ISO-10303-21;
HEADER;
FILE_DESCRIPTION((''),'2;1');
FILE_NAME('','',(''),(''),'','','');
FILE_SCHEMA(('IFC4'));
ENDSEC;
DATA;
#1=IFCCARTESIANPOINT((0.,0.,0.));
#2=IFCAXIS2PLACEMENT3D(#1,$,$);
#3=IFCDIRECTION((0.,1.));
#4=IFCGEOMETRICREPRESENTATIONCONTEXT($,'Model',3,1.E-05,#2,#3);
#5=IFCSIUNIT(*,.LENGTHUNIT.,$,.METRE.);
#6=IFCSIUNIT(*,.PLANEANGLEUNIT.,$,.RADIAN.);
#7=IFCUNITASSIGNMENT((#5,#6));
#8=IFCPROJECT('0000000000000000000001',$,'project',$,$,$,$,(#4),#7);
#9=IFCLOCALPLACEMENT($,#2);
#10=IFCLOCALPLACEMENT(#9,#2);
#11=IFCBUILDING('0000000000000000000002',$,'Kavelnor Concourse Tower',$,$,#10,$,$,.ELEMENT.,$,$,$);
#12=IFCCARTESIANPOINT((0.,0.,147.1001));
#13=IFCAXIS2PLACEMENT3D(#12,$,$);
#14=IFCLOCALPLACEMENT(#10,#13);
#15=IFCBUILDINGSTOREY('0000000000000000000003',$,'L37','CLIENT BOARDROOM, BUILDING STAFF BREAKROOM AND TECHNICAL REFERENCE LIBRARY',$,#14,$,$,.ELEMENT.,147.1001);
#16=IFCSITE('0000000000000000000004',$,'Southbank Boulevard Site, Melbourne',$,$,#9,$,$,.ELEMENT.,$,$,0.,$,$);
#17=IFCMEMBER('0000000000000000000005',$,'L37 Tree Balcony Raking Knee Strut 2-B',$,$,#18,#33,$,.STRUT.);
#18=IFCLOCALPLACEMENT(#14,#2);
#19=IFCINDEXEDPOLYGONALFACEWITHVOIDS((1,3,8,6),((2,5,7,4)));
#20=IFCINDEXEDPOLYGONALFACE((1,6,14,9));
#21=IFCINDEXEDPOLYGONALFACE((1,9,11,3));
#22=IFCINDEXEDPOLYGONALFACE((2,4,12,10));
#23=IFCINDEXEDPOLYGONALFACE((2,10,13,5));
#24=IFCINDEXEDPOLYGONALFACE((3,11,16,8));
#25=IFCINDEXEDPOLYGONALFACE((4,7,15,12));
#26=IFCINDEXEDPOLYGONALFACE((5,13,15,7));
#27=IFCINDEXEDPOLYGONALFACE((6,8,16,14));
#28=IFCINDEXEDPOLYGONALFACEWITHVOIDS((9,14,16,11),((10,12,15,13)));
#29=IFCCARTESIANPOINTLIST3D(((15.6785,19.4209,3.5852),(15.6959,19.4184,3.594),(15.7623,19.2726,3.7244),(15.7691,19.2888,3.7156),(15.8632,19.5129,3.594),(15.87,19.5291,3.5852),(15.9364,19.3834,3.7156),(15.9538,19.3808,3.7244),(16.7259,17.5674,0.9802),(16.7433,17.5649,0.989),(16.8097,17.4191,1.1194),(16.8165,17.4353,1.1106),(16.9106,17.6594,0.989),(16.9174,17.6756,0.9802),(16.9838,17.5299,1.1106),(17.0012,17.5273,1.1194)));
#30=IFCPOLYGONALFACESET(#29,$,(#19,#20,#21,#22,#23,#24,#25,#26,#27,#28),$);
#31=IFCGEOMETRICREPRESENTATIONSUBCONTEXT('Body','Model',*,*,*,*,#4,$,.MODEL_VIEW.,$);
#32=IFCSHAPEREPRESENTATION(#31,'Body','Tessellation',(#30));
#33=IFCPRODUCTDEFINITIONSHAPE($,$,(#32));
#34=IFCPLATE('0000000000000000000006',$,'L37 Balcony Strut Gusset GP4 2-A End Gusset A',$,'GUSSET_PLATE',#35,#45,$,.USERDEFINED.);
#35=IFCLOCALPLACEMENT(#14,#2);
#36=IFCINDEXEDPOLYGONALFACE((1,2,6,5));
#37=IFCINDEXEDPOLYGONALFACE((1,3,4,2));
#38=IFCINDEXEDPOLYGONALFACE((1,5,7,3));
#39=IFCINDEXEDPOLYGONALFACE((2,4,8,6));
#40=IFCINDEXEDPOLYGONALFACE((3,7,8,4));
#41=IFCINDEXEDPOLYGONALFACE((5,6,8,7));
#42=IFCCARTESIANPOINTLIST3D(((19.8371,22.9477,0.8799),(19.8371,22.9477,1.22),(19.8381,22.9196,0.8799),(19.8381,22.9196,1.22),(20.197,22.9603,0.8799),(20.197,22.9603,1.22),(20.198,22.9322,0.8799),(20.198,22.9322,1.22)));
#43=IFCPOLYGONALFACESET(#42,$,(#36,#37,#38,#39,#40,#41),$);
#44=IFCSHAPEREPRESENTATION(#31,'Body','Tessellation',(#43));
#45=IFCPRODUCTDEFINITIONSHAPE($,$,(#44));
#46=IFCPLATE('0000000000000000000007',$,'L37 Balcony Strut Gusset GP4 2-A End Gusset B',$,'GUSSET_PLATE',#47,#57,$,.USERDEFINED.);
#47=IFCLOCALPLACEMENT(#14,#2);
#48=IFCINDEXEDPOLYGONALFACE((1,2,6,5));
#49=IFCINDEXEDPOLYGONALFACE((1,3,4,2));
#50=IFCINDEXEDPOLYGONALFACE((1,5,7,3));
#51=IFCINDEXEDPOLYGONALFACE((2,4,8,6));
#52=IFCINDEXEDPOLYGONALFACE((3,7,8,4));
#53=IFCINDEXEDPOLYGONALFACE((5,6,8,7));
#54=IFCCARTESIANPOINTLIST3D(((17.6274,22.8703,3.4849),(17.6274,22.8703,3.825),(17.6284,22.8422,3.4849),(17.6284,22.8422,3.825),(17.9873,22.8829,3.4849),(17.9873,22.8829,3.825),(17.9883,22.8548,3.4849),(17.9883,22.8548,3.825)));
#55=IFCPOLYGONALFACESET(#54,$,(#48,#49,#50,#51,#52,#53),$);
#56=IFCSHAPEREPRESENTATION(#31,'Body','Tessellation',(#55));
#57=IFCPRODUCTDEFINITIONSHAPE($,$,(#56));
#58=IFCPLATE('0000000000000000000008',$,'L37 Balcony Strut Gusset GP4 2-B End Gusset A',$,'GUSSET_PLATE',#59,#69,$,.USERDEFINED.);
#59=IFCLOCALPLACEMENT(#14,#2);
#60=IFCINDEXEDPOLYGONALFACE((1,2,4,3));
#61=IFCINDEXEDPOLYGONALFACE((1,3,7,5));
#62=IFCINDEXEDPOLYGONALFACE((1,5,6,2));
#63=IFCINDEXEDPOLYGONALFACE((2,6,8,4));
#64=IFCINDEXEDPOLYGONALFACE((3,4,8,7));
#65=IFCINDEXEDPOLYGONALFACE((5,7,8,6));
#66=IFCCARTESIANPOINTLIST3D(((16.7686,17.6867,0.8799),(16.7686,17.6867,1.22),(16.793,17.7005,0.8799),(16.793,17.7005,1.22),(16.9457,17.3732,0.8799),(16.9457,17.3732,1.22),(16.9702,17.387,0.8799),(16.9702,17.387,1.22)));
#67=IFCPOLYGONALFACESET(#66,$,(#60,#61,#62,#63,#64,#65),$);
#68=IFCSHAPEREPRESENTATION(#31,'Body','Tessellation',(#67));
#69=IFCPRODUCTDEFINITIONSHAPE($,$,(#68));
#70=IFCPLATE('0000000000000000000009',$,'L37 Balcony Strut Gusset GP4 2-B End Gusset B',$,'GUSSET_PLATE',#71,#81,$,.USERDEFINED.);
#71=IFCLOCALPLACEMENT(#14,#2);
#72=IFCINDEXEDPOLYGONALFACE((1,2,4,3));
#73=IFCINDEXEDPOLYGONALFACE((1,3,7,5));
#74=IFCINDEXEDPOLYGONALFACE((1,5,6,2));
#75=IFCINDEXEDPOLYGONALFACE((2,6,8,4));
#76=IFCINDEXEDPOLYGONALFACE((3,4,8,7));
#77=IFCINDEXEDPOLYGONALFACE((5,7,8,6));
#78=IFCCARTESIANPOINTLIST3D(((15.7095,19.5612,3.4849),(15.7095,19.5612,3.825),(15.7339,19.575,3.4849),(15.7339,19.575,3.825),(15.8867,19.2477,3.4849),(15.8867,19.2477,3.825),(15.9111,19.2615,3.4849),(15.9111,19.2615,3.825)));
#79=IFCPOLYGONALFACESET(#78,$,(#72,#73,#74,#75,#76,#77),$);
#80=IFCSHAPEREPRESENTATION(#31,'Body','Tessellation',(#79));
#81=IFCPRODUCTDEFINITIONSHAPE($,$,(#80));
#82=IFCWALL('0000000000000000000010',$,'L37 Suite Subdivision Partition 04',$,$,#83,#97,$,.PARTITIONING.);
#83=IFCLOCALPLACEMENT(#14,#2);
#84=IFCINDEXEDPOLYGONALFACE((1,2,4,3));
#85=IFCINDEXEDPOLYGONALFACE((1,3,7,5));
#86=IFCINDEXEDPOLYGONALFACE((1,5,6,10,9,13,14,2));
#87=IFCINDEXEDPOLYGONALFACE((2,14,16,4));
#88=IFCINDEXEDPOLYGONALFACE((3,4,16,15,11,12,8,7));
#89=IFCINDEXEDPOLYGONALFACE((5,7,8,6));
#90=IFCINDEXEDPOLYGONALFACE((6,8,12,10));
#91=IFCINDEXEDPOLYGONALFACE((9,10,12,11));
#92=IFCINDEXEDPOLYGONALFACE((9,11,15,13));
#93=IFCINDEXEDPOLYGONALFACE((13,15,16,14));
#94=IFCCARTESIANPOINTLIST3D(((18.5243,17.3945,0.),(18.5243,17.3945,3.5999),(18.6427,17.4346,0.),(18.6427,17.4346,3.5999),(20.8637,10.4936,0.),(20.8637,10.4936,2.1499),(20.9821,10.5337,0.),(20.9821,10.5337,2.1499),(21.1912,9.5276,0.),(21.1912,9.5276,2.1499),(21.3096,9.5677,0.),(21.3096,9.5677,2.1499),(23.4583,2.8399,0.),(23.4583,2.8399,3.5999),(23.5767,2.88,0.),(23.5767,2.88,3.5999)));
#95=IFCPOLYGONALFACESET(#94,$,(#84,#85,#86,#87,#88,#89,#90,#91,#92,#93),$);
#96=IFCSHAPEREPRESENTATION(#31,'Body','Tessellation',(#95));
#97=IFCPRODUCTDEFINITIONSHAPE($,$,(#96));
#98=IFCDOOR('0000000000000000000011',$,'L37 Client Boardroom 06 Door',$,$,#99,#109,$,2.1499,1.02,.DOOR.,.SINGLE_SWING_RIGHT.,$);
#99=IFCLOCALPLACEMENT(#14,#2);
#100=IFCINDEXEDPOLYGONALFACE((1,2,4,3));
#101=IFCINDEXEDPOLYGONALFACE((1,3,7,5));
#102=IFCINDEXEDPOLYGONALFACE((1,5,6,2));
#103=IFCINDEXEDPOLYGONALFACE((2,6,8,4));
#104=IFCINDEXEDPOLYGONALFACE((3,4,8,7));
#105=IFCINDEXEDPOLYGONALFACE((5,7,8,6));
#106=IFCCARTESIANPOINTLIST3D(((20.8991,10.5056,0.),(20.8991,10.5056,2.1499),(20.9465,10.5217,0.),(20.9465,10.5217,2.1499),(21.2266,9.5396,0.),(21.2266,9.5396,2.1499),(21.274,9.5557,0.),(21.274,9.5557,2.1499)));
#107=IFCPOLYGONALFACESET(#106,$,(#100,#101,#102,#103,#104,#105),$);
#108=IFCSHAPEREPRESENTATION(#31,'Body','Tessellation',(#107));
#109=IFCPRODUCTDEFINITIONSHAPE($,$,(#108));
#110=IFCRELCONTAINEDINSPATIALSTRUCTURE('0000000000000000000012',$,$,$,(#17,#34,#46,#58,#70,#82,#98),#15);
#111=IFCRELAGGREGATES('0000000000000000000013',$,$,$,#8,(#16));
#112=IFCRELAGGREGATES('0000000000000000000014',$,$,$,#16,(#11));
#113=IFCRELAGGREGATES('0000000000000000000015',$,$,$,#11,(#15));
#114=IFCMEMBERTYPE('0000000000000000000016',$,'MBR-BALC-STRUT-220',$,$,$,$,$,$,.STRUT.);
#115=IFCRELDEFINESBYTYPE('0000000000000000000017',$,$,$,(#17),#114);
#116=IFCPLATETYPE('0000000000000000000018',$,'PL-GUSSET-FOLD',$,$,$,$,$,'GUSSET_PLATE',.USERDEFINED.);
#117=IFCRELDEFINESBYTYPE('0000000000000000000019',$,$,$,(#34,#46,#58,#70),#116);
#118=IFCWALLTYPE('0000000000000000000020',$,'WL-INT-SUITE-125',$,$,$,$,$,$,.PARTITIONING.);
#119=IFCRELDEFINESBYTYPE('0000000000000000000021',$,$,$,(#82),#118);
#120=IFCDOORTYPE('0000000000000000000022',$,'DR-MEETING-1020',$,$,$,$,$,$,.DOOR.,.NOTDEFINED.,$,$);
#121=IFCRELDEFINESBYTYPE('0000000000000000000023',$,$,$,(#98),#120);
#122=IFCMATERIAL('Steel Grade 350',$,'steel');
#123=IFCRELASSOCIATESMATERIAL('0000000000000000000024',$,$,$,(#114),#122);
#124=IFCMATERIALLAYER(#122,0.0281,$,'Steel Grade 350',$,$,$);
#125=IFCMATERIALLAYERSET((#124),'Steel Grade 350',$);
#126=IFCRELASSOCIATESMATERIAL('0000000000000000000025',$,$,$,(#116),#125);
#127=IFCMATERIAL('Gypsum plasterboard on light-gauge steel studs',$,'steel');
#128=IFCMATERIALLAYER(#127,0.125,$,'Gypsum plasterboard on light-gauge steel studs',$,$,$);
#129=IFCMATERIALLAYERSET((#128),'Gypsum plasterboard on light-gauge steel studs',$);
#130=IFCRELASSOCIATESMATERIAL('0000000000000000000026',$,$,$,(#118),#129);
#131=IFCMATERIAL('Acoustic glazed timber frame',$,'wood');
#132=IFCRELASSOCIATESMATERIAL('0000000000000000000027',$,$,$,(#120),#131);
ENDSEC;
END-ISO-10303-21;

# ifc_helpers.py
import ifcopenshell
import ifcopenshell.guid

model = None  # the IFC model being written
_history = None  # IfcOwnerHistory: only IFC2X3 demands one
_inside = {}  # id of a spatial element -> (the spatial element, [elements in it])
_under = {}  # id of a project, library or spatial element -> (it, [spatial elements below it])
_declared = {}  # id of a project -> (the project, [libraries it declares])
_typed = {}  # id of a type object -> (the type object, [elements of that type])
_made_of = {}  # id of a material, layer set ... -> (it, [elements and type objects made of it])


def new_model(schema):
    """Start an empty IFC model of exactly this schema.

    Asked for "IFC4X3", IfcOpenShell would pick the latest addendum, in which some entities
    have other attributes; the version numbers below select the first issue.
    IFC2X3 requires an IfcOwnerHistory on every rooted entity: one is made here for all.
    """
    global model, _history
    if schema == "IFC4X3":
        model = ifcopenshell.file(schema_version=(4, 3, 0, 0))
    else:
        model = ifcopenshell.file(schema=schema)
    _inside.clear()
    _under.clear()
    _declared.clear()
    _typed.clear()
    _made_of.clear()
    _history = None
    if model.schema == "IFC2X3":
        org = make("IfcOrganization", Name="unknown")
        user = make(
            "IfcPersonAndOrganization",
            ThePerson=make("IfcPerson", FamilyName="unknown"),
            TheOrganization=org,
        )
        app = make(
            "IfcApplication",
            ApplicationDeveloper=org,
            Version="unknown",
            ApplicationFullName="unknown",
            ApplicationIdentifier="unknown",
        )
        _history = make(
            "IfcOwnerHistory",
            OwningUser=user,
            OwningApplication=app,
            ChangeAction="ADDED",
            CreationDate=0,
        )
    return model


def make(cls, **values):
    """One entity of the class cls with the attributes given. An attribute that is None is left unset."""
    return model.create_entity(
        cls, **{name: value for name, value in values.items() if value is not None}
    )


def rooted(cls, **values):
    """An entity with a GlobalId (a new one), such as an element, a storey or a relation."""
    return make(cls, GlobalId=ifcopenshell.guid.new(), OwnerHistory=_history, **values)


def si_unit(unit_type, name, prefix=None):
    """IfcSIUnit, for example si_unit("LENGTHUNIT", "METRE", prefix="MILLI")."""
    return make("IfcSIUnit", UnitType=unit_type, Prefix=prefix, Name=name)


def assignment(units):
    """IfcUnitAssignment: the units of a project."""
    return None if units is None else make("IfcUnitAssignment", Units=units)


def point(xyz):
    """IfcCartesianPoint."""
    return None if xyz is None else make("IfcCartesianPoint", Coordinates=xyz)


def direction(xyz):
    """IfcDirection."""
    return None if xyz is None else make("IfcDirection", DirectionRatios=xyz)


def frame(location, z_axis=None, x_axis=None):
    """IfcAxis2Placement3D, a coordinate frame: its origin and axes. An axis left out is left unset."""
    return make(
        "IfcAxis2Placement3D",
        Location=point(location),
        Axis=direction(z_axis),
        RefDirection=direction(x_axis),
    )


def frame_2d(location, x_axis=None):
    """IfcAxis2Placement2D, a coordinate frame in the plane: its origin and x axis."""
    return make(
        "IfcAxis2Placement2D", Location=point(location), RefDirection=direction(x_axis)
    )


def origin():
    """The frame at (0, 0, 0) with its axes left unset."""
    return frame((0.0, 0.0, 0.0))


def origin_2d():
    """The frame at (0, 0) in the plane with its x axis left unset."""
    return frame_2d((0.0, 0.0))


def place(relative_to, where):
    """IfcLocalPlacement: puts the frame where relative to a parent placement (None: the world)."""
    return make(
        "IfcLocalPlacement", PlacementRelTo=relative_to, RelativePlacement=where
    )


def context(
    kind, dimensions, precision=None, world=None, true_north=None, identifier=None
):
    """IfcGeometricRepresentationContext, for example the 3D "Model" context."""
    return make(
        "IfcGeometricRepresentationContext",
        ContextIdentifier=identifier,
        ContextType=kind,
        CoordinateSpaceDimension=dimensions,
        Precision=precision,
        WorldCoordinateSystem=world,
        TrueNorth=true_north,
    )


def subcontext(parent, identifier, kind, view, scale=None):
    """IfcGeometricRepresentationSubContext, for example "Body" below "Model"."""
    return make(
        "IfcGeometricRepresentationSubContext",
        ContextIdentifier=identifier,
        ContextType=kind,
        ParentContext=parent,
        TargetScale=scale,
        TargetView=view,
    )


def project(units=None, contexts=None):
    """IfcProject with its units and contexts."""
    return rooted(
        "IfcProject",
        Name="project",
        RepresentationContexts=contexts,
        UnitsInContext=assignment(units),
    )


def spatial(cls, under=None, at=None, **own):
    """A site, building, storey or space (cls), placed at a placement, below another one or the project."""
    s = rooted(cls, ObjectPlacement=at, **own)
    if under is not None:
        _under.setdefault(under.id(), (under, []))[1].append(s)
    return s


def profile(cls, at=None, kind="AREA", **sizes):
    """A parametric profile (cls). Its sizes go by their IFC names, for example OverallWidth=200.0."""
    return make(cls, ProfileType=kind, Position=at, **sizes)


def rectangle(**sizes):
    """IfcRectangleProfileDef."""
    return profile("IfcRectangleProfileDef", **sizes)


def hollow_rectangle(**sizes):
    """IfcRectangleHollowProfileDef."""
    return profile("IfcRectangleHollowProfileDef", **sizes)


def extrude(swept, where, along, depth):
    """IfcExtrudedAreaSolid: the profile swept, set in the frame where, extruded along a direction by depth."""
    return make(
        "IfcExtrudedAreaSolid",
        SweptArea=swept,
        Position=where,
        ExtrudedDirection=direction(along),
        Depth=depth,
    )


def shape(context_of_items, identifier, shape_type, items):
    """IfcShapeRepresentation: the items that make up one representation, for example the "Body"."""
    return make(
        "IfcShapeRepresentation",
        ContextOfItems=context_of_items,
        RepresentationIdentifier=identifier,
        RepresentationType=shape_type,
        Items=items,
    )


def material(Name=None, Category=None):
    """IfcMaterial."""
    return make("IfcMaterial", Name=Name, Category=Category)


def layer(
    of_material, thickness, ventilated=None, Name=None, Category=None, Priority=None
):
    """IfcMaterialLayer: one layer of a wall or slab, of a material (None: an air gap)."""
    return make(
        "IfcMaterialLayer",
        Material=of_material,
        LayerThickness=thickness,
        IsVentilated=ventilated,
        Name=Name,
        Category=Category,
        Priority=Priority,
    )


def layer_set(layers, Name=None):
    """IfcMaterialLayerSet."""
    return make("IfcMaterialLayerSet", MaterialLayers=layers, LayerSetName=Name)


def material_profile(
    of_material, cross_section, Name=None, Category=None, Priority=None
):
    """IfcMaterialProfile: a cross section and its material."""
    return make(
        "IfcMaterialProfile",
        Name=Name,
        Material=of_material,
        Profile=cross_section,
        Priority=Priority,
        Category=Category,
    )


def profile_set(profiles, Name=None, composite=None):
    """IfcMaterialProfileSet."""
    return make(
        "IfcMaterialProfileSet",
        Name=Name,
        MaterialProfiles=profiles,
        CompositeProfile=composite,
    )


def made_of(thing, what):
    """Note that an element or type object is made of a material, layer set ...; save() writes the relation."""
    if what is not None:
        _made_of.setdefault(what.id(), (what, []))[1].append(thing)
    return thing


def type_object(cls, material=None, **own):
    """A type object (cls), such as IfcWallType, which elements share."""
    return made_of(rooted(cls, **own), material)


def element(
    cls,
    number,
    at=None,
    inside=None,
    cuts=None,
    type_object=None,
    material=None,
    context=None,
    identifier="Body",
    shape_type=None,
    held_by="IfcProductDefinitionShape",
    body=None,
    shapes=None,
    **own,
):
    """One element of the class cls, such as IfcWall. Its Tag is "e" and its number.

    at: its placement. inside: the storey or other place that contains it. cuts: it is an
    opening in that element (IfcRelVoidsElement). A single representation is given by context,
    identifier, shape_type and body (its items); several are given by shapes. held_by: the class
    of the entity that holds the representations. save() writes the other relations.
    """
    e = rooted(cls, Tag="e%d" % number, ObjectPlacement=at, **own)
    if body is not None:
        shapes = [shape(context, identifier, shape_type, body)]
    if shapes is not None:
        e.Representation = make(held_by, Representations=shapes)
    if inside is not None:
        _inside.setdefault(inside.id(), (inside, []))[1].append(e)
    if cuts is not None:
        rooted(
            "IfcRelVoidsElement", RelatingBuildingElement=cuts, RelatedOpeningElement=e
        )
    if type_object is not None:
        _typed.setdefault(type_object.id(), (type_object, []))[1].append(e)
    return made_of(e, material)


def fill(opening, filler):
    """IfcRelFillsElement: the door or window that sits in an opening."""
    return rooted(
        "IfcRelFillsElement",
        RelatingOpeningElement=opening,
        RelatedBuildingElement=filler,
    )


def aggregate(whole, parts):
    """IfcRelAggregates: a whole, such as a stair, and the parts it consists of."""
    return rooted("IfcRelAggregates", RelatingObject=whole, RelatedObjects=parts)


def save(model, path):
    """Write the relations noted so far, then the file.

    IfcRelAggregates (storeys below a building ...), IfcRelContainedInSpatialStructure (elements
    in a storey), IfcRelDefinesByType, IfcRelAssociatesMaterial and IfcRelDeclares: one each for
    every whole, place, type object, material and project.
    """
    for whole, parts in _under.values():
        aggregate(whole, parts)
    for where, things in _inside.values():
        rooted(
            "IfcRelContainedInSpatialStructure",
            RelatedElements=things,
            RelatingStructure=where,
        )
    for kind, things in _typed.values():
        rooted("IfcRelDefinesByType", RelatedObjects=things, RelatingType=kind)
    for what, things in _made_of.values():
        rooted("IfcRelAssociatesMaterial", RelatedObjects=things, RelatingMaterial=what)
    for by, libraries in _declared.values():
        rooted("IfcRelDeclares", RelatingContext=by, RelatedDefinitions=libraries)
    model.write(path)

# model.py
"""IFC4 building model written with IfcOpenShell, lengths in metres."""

from ifc_helpers import new_model, si_unit, direction, frame, frame_2d, origin, origin_2d, place, context, subcontext, project, spatial, rectangle, hollow_rectangle, extrude, material, layer, layer_set, material_profile, profile_set, type_object, element, fill, save


model = new_model("IFC4")

# Units and contexts
model_context = context("Model", 3, precision=1e-05, world=origin(), true_north=direction((0.0, 1.0)))
body_context = subcontext(model_context, "Body", "Model", "MODEL_VIEW")
ifc_project = project(units=[si_unit("LENGTHUNIT", "METRE"), si_unit("PLANEANGLEUNIT", "RADIAN")], contexts=[model_context])

# Site, building, storey
site_placement = place(None, origin())
site = spatial("IfcSite", under=ifc_project, at=site_placement, Name="Southbank Boulevard Site, Melbourne", CompositionType="ELEMENT", RefElevation=0.0)
building_placement = place(site_placement, origin())
building = spatial("IfcBuilding", under=site, at=building_placement, Name="Kavelnor Concourse Tower", CompositionType="ELEMENT")
storey_placement = place(building_placement, frame((0.0, 0.0, 147.1001)))
storey = spatial("IfcBuildingStorey", under=building, at=storey_placement, Name="L37", Description="CLIENT BOARDROOM, BUILDING STAFF BREAKROOM AND TECHNICAL REFERENCE LIBRARY", CompositionType="ELEMENT", Elevation=147.1001)

# Shared definitions
ifc_material_1 = material(Name="Steel Grade 350", Category="steel")

# Member
ifc_material_profile_1 = material_profile(ifc_material_1, hollow_rectangle(XDim=0.22, YDim=0.22, WallThickness=0.0139, at=origin_2d()), Name="SHS 220x220x14")
ifc_profile_set_1 = profile_set([ifc_material_profile_1], Name="Steel Grade 350")
member_type = type_object("IfcMemberType", Name="MBR-BALC-STRUT-220", PredefinedType="STRUT", material=ifc_profile_set_1)
member_1_placement = place(storey_placement, frame((16.8635, 17.5474, 1.0498), z_axis=(-0.311318, 0.550939, 0.774304), x_axis=(-0.870618, -0.491959, 0.0)))
element("IfcMember", 1, at=member_1_placement, inside=storey, type_object=member_type, Name="L37 Tree Balcony Raking Knee Strut 2-B", PredefinedType="STRUT", context=body_context, shape_type="SweptSolid", body=[
    extrude(hollow_rectangle(XDim=0.22, YDim=0.22, WallThickness=0.0139, at=origin_2d()), origin(), (0.0, 0.0, 1.0), 3.3643),
])

# Plates
ifc_layer_1 = layer(ifc_material_1, 0.0281, Name="Steel Grade 350")
ifc_layer_set_1 = layer_set([ifc_layer_1], Name="Steel Grade 350")
plate_type = type_object("IfcPlateType", Name="PL-GUSSET-FOLD", ElementType="GUSSET_PLATE", PredefinedType="USERDEFINED", material=ifc_layer_set_1)
for number, where, z_axis, x_axis, name in (
    (2, (20.0176, 22.9399, 0.8799), (0.0, 0.0, 1.0), (-0.999385, -0.035074, 0.0), "L37 Balcony Strut Gusset GP4 2-A End Gusset A"),
    (3, (17.8079, 22.8625, 3.4849), (0.0, 0.0, 1.0), (-0.999385, -0.035074, 0.0), "L37 Balcony Strut Gusset GP4 2-A End Gusset B"),
    (4, (16.8694, 17.5369, 0.8799), (0.0, 0.0, 1.0), (-0.491968, 0.870613, 0.0), "L37 Balcony Strut Gusset GP4 2-B End Gusset A"),
    (5, (15.8103, 19.4114, 3.4849), (0.0, 0.0, 1.0), (-0.491968, 0.870613, 0.0), "L37 Balcony Strut Gusset GP4 2-B End Gusset B"),
):
    element("IfcPlate", number, at=place(storey_placement, frame(where, z_axis=z_axis, x_axis=x_axis)), inside=storey, type_object=plate_type, Name=name, ObjectType="GUSSET_PLATE", PredefinedType="USERDEFINED", context=body_context, shape_type="SweptSolid", body=[
        extrude(rectangle(XDim=0.3601, YDim=0.0281, at=origin_2d()), origin(), (0.0, 0.0, 1.0), 0.3401),
    ])

# Wall, opening, door
ifc_material_2 = material(Name="Gypsum plasterboard on light-gauge steel studs", Category="steel")
ifc_layer_2 = layer(ifc_material_2, 0.125, Name="Gypsum plasterboard on light-gauge steel studs")
ifc_layer_set_2 = layer_set([ifc_layer_2], Name="Gypsum plasterboard on light-gauge steel studs")
wall_type = type_object("IfcWallType", Name="WL-INT-SUITE-125", PredefinedType="PARTITIONING", material=ifc_layer_set_2)
wall_placement = place(storey_placement, frame((18.5835, 17.4146, 0.0), z_axis=(0.0, 0.0, 1.0), x_axis=(0.321056, -0.94706, 0.0)))
wall = element("IfcWall", 6, at=wall_placement, inside=storey, type_object=wall_type, Name="L37 Suite Subdivision Partition 04", PredefinedType="PARTITIONING", context=body_context, shape_type="SweptSolid", body=[
    extrude(rectangle(XDim=15.3682, YDim=0.125, at=frame_2d((7.6841, 0.0))), origin(), (0.0, 0.0, 1.0), 3.5999),
])
opening_placement = place(wall_placement, frame((7.2866, 0.0, 0.0)))
opening = element("IfcOpeningElement", 7, at=opening_placement, cuts=wall, PredefinedType="OPENING", context=body_context, shape_type="SweptSolid", body=[
    extrude(rectangle(XDim=1.02, YDim=2.1499, at=frame_2d((0.51, 1.075))), frame((0.0, 0.0725, 0.0), z_axis=(0.0, -1.0, 0.0), x_axis=(1.0, 0.0, 0.0)), (0.0, 0.0, 1.0), 0.145),
])
ifc_material_3 = material(Name="Acoustic glazed timber frame", Category="wood")
door_type = type_object("IfcDoorType", Name="DR-MEETING-1020", OperationType="NOTDEFINED", PredefinedType="DOOR", material=ifc_material_3)
door_placement = place(opening_placement, origin())
door = element("IfcDoor", 8, at=door_placement, inside=storey, type_object=door_type, Name="L37 Client Boardroom 06 Door", OperationType="SINGLE_SWING_RIGHT", OverallHeight=2.1499, OverallWidth=1.02, PredefinedType="DOOR", context=body_context, shape_type="SweptSolid", body=[
    extrude(rectangle(XDim=1.02, YDim=2.1499, at=frame_2d((0.51, 1.075))), frame((0.0, 0.0249, 0.0), z_axis=(0.0, -1.0, 0.0), x_axis=(1.0, 0.0, 0.0)), (0.0, 0.0, 1.0), 0.05),
])
fill(opening, door)

save(model, "model.ifc")
